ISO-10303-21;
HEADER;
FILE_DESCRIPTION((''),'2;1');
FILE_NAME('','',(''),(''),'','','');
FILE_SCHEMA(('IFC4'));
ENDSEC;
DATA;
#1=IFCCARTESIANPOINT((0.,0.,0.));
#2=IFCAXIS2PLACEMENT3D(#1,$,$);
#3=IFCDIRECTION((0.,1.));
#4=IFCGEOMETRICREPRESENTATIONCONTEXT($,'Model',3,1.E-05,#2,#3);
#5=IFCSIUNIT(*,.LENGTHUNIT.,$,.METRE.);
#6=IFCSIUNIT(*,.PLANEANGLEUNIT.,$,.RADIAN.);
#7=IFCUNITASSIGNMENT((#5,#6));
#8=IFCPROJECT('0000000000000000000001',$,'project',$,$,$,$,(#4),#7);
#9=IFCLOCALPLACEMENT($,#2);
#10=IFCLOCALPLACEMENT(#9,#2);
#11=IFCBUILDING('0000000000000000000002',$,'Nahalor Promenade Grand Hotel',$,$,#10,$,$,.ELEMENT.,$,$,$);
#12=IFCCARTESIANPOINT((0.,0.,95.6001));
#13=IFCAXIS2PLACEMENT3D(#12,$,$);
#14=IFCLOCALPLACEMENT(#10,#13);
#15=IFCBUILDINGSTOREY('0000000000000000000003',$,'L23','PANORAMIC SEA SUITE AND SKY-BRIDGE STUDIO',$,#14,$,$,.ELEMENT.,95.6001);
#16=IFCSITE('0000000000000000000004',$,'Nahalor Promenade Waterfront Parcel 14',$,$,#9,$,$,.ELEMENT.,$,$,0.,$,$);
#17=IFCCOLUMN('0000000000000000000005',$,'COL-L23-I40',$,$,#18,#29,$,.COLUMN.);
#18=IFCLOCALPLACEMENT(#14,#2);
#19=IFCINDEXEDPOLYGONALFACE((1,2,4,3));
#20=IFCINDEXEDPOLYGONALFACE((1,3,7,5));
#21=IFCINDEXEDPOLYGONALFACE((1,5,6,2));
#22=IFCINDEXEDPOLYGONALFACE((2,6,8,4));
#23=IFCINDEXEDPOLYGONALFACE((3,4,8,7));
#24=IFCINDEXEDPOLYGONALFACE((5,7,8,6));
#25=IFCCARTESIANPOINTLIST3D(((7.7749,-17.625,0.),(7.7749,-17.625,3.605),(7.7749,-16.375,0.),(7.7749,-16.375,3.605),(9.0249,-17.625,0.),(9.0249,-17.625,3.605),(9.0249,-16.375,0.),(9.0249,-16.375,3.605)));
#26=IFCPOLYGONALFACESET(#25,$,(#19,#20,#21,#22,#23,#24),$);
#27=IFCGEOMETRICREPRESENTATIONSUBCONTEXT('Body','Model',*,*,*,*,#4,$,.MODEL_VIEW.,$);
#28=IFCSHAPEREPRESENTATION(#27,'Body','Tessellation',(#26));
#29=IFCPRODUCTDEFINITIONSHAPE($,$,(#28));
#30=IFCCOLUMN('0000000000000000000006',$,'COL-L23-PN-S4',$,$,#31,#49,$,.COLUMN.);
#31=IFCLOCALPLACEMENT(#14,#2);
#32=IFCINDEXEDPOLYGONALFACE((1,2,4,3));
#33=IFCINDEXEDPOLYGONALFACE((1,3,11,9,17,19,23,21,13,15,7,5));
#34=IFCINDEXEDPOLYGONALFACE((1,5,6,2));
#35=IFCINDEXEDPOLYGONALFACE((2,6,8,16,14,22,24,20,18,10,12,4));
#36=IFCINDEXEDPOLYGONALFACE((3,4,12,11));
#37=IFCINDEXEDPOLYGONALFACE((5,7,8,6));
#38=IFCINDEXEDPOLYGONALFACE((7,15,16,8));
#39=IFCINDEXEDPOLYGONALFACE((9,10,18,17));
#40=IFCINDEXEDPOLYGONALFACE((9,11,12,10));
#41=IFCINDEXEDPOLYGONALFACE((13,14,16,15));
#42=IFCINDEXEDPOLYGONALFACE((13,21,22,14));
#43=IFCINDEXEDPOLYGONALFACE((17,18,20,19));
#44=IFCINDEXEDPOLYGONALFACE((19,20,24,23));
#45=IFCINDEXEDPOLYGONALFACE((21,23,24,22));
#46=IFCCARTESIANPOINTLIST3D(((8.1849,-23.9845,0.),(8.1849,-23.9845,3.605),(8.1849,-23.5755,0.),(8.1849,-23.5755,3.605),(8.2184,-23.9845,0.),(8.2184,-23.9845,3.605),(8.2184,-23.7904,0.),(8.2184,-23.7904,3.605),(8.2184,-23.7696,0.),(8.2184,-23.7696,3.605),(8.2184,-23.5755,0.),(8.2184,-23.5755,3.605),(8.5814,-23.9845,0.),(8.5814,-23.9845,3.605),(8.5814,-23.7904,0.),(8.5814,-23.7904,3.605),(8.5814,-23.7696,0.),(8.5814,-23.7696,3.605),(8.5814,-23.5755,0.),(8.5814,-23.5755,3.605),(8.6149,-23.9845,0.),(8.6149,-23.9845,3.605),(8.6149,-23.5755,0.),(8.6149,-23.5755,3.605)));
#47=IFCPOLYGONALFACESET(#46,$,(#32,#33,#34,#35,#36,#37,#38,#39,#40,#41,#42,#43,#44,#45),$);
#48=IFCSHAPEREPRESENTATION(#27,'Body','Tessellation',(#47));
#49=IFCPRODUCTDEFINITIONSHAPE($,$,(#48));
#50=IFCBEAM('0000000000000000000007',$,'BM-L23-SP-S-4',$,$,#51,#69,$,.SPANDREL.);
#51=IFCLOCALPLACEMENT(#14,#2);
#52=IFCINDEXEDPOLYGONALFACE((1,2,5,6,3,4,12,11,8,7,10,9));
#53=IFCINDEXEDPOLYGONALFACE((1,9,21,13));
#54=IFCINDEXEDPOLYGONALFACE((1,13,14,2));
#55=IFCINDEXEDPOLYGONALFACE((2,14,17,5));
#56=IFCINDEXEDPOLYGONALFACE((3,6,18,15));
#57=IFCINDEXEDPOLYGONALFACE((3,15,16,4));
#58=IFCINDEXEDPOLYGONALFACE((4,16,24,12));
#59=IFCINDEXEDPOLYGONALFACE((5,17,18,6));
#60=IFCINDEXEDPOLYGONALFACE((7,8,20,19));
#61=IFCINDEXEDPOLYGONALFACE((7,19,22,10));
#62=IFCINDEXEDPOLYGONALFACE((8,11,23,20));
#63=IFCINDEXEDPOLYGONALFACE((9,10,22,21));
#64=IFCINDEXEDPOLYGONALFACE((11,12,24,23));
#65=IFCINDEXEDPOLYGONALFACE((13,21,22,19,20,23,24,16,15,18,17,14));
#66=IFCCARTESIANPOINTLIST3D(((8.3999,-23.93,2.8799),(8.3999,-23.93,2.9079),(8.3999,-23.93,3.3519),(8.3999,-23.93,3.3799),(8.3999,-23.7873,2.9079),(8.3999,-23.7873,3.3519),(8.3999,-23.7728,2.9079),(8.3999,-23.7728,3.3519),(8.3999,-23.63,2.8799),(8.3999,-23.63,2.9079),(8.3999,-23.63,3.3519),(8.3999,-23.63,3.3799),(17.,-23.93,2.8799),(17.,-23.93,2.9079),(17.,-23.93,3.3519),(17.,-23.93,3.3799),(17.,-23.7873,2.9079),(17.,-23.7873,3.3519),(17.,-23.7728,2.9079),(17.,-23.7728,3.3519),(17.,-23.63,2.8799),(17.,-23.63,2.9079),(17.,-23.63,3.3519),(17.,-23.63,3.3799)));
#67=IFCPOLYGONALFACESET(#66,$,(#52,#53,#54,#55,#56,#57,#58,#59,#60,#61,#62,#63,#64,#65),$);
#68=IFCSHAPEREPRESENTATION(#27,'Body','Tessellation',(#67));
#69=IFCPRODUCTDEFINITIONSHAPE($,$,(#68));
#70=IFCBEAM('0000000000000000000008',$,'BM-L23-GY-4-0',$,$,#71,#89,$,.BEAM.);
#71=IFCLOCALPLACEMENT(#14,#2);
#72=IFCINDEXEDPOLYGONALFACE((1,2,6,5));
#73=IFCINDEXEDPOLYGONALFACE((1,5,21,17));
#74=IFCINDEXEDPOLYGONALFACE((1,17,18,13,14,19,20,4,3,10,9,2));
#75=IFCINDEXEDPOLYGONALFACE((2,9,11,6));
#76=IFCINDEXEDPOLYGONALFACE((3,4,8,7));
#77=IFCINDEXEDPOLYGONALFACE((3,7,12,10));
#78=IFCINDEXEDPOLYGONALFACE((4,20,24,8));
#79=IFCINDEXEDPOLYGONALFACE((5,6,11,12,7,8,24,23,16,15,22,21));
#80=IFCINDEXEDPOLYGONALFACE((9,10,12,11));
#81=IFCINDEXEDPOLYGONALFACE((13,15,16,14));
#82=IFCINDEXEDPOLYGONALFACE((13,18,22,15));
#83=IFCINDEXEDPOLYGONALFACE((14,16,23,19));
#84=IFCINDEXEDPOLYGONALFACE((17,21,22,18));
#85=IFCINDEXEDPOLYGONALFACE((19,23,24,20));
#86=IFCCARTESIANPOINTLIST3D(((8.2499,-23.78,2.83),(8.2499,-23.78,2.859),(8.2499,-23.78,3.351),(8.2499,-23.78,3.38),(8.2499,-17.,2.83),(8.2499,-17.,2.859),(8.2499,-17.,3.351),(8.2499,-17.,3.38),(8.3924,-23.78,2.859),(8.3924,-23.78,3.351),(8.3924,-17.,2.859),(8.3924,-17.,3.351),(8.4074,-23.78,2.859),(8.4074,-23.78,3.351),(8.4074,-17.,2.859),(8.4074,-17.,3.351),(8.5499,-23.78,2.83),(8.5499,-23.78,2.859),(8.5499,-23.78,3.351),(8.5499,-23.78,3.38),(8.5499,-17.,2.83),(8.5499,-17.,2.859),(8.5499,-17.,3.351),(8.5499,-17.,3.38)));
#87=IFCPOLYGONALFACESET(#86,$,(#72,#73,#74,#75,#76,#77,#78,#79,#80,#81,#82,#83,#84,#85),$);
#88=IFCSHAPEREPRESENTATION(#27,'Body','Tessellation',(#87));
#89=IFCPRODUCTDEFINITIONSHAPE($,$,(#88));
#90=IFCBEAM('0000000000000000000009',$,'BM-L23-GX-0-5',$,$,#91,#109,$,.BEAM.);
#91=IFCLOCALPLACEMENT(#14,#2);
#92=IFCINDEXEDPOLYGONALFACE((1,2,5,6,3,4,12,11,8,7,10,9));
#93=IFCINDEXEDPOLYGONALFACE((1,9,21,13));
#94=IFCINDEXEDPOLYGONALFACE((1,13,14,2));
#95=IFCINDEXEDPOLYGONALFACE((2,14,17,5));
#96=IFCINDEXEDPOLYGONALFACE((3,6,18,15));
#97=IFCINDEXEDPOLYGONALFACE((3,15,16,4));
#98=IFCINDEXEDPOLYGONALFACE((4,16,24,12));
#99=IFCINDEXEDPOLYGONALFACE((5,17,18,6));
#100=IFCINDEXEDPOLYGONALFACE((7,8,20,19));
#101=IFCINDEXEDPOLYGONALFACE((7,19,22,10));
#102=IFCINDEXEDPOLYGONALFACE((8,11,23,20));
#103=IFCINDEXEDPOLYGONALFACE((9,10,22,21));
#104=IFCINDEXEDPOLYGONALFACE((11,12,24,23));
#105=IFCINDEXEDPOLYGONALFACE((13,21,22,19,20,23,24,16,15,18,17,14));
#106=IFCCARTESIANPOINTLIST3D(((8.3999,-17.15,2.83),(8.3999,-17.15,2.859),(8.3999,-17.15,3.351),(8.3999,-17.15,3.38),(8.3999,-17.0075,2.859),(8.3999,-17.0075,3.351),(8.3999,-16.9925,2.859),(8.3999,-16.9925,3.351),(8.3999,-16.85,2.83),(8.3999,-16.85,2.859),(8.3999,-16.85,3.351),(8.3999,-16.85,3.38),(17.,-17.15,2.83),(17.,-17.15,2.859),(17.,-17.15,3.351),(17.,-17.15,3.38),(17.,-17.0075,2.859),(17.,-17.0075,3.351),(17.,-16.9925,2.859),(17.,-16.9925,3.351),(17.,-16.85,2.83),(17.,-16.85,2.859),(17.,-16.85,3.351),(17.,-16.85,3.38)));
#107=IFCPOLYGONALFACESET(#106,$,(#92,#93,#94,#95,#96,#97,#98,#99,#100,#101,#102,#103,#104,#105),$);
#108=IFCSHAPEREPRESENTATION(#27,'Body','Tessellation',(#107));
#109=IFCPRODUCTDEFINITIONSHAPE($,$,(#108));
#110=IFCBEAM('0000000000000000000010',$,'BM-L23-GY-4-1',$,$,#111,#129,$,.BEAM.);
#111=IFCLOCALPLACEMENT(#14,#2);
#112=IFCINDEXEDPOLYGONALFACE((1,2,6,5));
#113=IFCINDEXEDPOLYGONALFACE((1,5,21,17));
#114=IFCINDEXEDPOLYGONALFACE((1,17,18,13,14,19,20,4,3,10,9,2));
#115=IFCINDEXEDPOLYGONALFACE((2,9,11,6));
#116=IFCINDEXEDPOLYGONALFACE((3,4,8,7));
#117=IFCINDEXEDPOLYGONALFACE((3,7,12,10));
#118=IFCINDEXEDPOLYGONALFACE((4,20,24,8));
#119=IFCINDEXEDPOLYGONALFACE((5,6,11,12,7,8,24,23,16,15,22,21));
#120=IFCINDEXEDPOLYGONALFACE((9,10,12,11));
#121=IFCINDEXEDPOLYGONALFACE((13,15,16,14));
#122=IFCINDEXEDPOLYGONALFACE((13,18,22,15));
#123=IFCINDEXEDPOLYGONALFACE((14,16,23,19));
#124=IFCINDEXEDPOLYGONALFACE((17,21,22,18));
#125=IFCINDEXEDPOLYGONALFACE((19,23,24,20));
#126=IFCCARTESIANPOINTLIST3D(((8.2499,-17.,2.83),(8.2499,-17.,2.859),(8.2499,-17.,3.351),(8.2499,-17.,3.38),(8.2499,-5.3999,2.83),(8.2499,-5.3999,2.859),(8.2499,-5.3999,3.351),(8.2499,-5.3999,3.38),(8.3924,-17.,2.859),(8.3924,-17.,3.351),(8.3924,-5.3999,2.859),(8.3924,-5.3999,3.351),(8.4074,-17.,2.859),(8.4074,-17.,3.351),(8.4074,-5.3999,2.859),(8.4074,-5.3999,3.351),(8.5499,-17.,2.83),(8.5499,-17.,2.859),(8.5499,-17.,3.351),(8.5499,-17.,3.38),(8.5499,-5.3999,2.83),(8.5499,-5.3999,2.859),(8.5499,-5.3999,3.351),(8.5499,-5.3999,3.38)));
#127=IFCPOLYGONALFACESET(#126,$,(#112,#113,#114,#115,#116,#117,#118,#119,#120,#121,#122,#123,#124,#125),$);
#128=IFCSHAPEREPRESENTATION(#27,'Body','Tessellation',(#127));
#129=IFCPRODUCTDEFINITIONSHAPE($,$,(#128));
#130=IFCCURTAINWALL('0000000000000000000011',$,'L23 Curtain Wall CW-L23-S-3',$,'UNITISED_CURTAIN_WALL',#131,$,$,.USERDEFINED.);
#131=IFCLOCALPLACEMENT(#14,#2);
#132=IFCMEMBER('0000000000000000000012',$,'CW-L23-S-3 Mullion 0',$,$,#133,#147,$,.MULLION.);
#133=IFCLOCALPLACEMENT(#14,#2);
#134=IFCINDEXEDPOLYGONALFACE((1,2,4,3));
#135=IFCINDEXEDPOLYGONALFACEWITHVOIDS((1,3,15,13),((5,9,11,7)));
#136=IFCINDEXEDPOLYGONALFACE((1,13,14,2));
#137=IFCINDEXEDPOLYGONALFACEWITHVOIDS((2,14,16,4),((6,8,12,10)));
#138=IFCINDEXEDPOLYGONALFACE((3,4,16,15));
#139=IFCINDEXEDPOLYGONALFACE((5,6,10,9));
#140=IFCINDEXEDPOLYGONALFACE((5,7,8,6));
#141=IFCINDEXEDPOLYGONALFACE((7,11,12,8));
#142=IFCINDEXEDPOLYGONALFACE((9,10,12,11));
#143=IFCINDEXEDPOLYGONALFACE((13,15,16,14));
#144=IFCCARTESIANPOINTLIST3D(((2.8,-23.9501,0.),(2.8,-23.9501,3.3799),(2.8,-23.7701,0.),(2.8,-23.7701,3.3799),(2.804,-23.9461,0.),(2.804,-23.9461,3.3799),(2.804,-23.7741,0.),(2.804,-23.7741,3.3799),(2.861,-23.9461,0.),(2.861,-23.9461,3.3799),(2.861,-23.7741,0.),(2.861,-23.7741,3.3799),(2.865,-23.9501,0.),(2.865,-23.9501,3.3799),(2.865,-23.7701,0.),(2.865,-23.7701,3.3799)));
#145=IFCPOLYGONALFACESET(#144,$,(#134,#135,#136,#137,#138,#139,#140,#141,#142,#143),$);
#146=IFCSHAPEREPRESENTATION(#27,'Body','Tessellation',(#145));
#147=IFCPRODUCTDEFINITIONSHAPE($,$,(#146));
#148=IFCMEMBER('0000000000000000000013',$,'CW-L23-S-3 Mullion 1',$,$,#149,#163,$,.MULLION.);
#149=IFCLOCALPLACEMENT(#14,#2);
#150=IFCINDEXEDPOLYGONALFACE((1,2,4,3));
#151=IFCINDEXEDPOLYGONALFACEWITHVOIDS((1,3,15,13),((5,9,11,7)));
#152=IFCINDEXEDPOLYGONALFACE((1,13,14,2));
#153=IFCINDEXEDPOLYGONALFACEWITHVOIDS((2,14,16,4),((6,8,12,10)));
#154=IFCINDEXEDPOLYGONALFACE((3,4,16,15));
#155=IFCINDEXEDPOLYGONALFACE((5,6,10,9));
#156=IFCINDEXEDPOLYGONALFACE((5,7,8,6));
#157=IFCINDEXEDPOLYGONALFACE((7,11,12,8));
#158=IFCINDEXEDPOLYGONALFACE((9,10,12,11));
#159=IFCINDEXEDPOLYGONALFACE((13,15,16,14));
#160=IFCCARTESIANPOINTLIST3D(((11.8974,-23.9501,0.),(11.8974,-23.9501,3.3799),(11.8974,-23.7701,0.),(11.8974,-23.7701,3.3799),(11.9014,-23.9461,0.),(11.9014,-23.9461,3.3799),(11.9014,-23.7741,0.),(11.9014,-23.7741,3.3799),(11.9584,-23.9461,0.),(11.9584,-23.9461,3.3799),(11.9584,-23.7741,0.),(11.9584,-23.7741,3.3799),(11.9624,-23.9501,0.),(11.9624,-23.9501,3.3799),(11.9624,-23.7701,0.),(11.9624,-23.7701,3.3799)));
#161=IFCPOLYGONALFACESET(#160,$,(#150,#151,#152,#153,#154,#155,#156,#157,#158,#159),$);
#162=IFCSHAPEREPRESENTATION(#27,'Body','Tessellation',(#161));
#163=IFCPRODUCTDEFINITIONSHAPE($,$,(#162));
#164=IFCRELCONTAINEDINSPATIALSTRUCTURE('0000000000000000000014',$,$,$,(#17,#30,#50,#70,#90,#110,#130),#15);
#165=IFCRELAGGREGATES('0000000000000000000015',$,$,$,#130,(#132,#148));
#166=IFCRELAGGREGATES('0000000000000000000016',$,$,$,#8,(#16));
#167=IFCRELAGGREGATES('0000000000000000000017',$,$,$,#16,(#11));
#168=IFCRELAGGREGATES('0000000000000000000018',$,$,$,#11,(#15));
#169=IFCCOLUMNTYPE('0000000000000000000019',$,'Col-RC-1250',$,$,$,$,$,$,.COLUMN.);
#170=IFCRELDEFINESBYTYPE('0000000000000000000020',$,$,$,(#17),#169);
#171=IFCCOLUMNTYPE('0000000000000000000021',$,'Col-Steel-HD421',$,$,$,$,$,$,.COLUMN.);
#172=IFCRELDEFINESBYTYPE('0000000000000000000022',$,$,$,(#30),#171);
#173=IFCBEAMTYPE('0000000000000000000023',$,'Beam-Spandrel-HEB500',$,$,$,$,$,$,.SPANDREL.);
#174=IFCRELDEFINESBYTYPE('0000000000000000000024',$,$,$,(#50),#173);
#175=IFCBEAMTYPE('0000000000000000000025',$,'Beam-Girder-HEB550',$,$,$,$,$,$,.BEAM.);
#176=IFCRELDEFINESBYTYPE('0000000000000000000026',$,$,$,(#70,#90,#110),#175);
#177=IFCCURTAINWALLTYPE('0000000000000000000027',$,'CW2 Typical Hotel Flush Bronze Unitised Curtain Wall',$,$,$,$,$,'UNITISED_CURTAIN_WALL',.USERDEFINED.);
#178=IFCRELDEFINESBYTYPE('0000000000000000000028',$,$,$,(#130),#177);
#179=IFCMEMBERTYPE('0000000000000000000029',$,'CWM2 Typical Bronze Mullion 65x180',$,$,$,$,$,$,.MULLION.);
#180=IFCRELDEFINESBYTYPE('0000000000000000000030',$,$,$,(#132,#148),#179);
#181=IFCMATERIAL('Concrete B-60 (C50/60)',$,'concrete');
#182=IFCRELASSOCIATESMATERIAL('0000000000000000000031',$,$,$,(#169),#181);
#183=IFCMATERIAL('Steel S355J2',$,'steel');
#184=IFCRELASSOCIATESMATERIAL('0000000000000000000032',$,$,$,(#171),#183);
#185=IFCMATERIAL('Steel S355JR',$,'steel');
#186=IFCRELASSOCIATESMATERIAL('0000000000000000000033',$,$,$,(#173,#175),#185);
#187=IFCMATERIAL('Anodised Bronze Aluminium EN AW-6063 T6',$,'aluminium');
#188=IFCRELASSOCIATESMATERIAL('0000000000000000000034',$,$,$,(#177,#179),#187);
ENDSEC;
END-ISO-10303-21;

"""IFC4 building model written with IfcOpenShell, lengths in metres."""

from ifc_helpers import new_model, si_unit, direction, frame, origin, origin_2d, place, context, subcontext, project, spatial, rectangle, hollow_rectangle, i_section, extrude, source, transform, mapped, material, material_profile, profile_set, type_object, element, aggregate, save


model = new_model("IFC4")

# Units and contexts
model_context = context("Model", 3, precision=1e-05, world=origin(), true_north=direction((0.0, 1.0)))
body_context = subcontext(model_context, "Body", "Model", "MODEL_VIEW")
ifc_project = project(units=[si_unit("LENGTHUNIT", "METRE"), si_unit("PLANEANGLEUNIT", "RADIAN")], contexts=[model_context])

# Site, building, storey
site_placement = place(None, origin())
site = spatial("IfcSite", under=ifc_project, at=site_placement, Name="Nahalor Promenade Waterfront Parcel 14", CompositionType="ELEMENT", RefElevation=0.0)
building_placement = place(site_placement, origin())
building = spatial("IfcBuilding", under=site, at=building_placement, Name="Nahalor Promenade Grand Hotel", CompositionType="ELEMENT")
storey_placement = place(building_placement, frame((0.0, 0.0, 95.6001)))
storey = spatial("IfcBuildingStorey", under=building, at=storey_placement, Name="L23", Description="PANORAMIC SEA SUITE AND SKY-BRIDGE STUDIO", CompositionType="ELEMENT", Elevation=95.6001)

# Columns
ifc_material_1 = material(Name="Concrete B-60 (C50/60)", Category="concrete")
ifc_material_profile_1 = material_profile(ifc_material_1, rectangle(XDim=1.25, YDim=1.25, at=origin_2d()), Name="RC 1250x1250")
ifc_profile_set_1 = profile_set([ifc_material_profile_1], Name="Concrete B-60 (C50/60)")
column_type_1 = type_object("IfcColumnType", Name="Col-RC-1250", PredefinedType="COLUMN", material=ifc_profile_set_1)
shared_shape_1 = source(origin(), body_context, "Body", "SweptSolid", [
    extrude(rectangle(XDim=1.25, YDim=1.25, at=origin_2d()), origin(), (0.0, 0.0, 1.0), 3.605),
])
column_1_placement = place(storey_placement, frame((8.3999, -17.0, 0.0), z_axis=(0.0, 0.0, 1.0), x_axis=(1.0, 0.0, 0.0)))
element("IfcColumn", 1, at=column_1_placement, inside=storey, type_object=column_type_1, Name="COL-L23-I40", PredefinedType="COLUMN", context=body_context, shape_type="MappedRepresentation", body=[
    mapped(shared_shape_1, transform((0.0, 0.0, 0.0), scale=1.0)),
])
ifc_material_2 = material(Name="Steel S355J2", Category="steel")
ifc_material_profile_2 = material_profile(ifc_material_2, i_section(OverallWidth=0.409, OverallDepth=0.43, WebThickness=0.0208, FlangeThickness=0.0335, at=origin_2d()), Name="HD 400x421")
ifc_profile_set_2 = profile_set([ifc_material_profile_2], Name="Steel S355J2")
column_type_2 = type_object("IfcColumnType", Name="Col-Steel-HD421", PredefinedType="COLUMN", material=ifc_profile_set_2)
shared_shape_2 = source(origin(), body_context, "Body", "SweptSolid", [
    extrude(i_section(OverallWidth=0.409, OverallDepth=0.43, WebThickness=0.0208, FlangeThickness=0.0335, at=origin_2d()), origin(), (0.0, 0.0, 1.0), 3.605),
])
column_2_placement = place(storey_placement, frame((8.3999, -23.78, 0.0), z_axis=(0.0, 0.0, 1.0), x_axis=(0.0, 1.0, 0.0)))
element("IfcColumn", 2, at=column_2_placement, inside=storey, type_object=column_type_2, Name="COL-L23-PN-S4", PredefinedType="COLUMN", context=body_context, shape_type="MappedRepresentation", body=[
    mapped(shared_shape_2, transform((0.0, 0.0, 0.0), scale=1.0)),
])

# Beams
ifc_material_3 = material(Name="Steel S355JR", Category="steel")
ifc_material_profile_3 = material_profile(ifc_material_3, i_section(OverallWidth=0.3, OverallDepth=0.5, WebThickness=0.0145, FlangeThickness=0.028, at=origin_2d()), Name="HEB 500")
ifc_profile_set_3 = profile_set([ifc_material_profile_3], Name="Steel S355JR")
beam_type_1 = type_object("IfcBeamType", Name="Beam-Spandrel-HEB500", PredefinedType="SPANDREL", material=ifc_profile_set_3)
shared_shape_3 = source(origin(), body_context, "Body", "SweptSolid", [
    extrude(i_section(OverallWidth=0.3, OverallDepth=0.5, WebThickness=0.0145, FlangeThickness=0.028, at=origin_2d()), origin(), (0.0, 0.0, 1.0), 8.6001),
])
beam_1_placement = place(storey_placement, frame((8.3999, -23.78, 3.1299), z_axis=(1.0, 0.0, 0.0), x_axis=(0.0, 1.0, 0.0)))
element("IfcBeam", 3, at=beam_1_placement, inside=storey, type_object=beam_type_1, Name="BM-L23-SP-S-4", PredefinedType="SPANDREL", context=body_context, shape_type="MappedRepresentation", body=[
    mapped(shared_shape_3, transform((0.0, 0.0, 0.0), scale=1.0)),
])
ifc_material_profile_4 = material_profile(ifc_material_3, i_section(OverallWidth=0.3, OverallDepth=0.55, WebThickness=0.015, FlangeThickness=0.029, at=origin_2d()), Name="HEB 550")
ifc_profile_set_4 = profile_set([ifc_material_profile_4], Name="Steel S355JR")
beam_type_2 = type_object("IfcBeamType", Name="Beam-Girder-HEB550", PredefinedType="BEAM", material=ifc_profile_set_4)
shared_shape_4 = source(origin(), body_context, "Body", "SweptSolid", [
    extrude(i_section(OverallWidth=0.3, OverallDepth=0.55, WebThickness=0.015, FlangeThickness=0.029, at=origin_2d()), origin(), (0.0, 0.0, 1.0), 6.78),
])
beam_2_placement = place(storey_placement, frame((8.3999, -23.78, 3.105), z_axis=(0.0, 1.0, 0.0), x_axis=(-1.0, 0.0, 0.0)))
element("IfcBeam", 4, at=beam_2_placement, inside=storey, type_object=beam_type_2, Name="BM-L23-GY-4-0", PredefinedType="BEAM", context=body_context, shape_type="MappedRepresentation", body=[
    mapped(shared_shape_4, transform((0.0, 0.0, 0.0), scale=1.0)),
])
shared_shape_5 = source(origin(), body_context, "Body", "SweptSolid", [
    extrude(i_section(OverallWidth=0.3, OverallDepth=0.55, WebThickness=0.015, FlangeThickness=0.029, at=origin_2d()), origin(), (0.0, 0.0, 1.0), 8.6001),
])
beam_3_placement = place(storey_placement, frame((8.3999, -17.0, 3.105), z_axis=(1.0, 0.0, 0.0), x_axis=(0.0, 1.0, 0.0)))
element("IfcBeam", 5, at=beam_3_placement, inside=storey, type_object=beam_type_2, Name="BM-L23-GX-0-5", PredefinedType="BEAM", context=body_context, shape_type="MappedRepresentation", body=[
    mapped(shared_shape_5, transform((0.0, 0.0, 0.0), scale=1.0)),
])
shared_shape_6 = source(origin(), body_context, "Body", "SweptSolid", [
    extrude(i_section(OverallWidth=0.3, OverallDepth=0.55, WebThickness=0.015, FlangeThickness=0.029, at=origin_2d()), origin(), (0.0, 0.0, 1.0), 11.6001),
])
beam_4_placement = place(storey_placement, frame((8.3999, -17.0, 3.105), z_axis=(0.0, 1.0, 0.0), x_axis=(-1.0, 0.0, 0.0)))
element("IfcBeam", 6, at=beam_4_placement, inside=storey, type_object=beam_type_2, Name="BM-L23-GY-4-1", PredefinedType="BEAM", context=body_context, shape_type="MappedRepresentation", body=[
    mapped(shared_shape_6, transform((0.0, 0.0, 0.0), scale=1.0)),
])

# Curtain wall, members
ifc_material_4 = material(Name="Anodised Bronze Aluminium EN AW-6063 T6", Category="aluminium")
curtain_wall_type = type_object("IfcCurtainWallType", Name="CW2 Typical Hotel Flush Bronze Unitised Curtain Wall", ElementType="UNITISED_CURTAIN_WALL", PredefinedType="USERDEFINED", material=ifc_material_4)
curtain_wall_placement = place(storey_placement, origin())
curtain_wall = element("IfcCurtainWall", 7, at=curtain_wall_placement, inside=storey, type_object=curtain_wall_type, Name="L23 Curtain Wall CW-L23-S-3", ObjectType="UNITISED_CURTAIN_WALL", PredefinedType="USERDEFINED")
ifc_material_profile_5 = material_profile(ifc_material_4, hollow_rectangle(XDim=0.065, YDim=0.18, WallThickness=0.004, at=origin_2d()), Name="CWM 65x180x4")
ifc_profile_set_5 = profile_set([ifc_material_profile_5], Name="Anodised Bronze Aluminium EN AW-6063 T6")
member_type_1 = type_object("IfcMemberType", Name="CWM2 Typical Bronze Mullion 65x180", PredefinedType="MULLION", material=ifc_profile_set_5)
shared_shape_7 = source(origin(), body_context, "Body", "SweptSolid", [
    extrude(hollow_rectangle(XDim=0.065, YDim=0.18, WallThickness=0.004, at=origin_2d()), origin(), (0.0, 0.0, 1.0), 3.3799),
])
member_1_placement = place(storey_placement, frame((2.8325, -23.8601, 0.0), z_axis=(0.0, 0.0, 1.0), x_axis=(1.0, 0.0, 0.0)))
member_1 = element("IfcMember", 8, at=member_1_placement, type_object=member_type_1, Name="CW-L23-S-3 Mullion 0", PredefinedType="MULLION", context=body_context, shape_type="MappedRepresentation", body=[
    mapped(shared_shape_7, transform((0.0, 0.0, 0.0), scale=1.0)),
])
member_2_placement = place(storey_placement, frame((11.9299, -23.8601, 0.0), z_axis=(0.0, 0.0, 1.0), x_axis=(1.0, 0.0, 0.0)))
member_2 = element("IfcMember", 9, at=member_2_placement, type_object=member_type_1, Name="CW-L23-S-3 Mullion 1", PredefinedType="MULLION", context=body_context, shape_type="MappedRepresentation", body=[
    mapped(shared_shape_7, transform((0.0, 0.0, 0.0), scale=1.0)),
])
aggregate(curtain_wall, [member_1, member_2])

save(model, "model.ifc")
